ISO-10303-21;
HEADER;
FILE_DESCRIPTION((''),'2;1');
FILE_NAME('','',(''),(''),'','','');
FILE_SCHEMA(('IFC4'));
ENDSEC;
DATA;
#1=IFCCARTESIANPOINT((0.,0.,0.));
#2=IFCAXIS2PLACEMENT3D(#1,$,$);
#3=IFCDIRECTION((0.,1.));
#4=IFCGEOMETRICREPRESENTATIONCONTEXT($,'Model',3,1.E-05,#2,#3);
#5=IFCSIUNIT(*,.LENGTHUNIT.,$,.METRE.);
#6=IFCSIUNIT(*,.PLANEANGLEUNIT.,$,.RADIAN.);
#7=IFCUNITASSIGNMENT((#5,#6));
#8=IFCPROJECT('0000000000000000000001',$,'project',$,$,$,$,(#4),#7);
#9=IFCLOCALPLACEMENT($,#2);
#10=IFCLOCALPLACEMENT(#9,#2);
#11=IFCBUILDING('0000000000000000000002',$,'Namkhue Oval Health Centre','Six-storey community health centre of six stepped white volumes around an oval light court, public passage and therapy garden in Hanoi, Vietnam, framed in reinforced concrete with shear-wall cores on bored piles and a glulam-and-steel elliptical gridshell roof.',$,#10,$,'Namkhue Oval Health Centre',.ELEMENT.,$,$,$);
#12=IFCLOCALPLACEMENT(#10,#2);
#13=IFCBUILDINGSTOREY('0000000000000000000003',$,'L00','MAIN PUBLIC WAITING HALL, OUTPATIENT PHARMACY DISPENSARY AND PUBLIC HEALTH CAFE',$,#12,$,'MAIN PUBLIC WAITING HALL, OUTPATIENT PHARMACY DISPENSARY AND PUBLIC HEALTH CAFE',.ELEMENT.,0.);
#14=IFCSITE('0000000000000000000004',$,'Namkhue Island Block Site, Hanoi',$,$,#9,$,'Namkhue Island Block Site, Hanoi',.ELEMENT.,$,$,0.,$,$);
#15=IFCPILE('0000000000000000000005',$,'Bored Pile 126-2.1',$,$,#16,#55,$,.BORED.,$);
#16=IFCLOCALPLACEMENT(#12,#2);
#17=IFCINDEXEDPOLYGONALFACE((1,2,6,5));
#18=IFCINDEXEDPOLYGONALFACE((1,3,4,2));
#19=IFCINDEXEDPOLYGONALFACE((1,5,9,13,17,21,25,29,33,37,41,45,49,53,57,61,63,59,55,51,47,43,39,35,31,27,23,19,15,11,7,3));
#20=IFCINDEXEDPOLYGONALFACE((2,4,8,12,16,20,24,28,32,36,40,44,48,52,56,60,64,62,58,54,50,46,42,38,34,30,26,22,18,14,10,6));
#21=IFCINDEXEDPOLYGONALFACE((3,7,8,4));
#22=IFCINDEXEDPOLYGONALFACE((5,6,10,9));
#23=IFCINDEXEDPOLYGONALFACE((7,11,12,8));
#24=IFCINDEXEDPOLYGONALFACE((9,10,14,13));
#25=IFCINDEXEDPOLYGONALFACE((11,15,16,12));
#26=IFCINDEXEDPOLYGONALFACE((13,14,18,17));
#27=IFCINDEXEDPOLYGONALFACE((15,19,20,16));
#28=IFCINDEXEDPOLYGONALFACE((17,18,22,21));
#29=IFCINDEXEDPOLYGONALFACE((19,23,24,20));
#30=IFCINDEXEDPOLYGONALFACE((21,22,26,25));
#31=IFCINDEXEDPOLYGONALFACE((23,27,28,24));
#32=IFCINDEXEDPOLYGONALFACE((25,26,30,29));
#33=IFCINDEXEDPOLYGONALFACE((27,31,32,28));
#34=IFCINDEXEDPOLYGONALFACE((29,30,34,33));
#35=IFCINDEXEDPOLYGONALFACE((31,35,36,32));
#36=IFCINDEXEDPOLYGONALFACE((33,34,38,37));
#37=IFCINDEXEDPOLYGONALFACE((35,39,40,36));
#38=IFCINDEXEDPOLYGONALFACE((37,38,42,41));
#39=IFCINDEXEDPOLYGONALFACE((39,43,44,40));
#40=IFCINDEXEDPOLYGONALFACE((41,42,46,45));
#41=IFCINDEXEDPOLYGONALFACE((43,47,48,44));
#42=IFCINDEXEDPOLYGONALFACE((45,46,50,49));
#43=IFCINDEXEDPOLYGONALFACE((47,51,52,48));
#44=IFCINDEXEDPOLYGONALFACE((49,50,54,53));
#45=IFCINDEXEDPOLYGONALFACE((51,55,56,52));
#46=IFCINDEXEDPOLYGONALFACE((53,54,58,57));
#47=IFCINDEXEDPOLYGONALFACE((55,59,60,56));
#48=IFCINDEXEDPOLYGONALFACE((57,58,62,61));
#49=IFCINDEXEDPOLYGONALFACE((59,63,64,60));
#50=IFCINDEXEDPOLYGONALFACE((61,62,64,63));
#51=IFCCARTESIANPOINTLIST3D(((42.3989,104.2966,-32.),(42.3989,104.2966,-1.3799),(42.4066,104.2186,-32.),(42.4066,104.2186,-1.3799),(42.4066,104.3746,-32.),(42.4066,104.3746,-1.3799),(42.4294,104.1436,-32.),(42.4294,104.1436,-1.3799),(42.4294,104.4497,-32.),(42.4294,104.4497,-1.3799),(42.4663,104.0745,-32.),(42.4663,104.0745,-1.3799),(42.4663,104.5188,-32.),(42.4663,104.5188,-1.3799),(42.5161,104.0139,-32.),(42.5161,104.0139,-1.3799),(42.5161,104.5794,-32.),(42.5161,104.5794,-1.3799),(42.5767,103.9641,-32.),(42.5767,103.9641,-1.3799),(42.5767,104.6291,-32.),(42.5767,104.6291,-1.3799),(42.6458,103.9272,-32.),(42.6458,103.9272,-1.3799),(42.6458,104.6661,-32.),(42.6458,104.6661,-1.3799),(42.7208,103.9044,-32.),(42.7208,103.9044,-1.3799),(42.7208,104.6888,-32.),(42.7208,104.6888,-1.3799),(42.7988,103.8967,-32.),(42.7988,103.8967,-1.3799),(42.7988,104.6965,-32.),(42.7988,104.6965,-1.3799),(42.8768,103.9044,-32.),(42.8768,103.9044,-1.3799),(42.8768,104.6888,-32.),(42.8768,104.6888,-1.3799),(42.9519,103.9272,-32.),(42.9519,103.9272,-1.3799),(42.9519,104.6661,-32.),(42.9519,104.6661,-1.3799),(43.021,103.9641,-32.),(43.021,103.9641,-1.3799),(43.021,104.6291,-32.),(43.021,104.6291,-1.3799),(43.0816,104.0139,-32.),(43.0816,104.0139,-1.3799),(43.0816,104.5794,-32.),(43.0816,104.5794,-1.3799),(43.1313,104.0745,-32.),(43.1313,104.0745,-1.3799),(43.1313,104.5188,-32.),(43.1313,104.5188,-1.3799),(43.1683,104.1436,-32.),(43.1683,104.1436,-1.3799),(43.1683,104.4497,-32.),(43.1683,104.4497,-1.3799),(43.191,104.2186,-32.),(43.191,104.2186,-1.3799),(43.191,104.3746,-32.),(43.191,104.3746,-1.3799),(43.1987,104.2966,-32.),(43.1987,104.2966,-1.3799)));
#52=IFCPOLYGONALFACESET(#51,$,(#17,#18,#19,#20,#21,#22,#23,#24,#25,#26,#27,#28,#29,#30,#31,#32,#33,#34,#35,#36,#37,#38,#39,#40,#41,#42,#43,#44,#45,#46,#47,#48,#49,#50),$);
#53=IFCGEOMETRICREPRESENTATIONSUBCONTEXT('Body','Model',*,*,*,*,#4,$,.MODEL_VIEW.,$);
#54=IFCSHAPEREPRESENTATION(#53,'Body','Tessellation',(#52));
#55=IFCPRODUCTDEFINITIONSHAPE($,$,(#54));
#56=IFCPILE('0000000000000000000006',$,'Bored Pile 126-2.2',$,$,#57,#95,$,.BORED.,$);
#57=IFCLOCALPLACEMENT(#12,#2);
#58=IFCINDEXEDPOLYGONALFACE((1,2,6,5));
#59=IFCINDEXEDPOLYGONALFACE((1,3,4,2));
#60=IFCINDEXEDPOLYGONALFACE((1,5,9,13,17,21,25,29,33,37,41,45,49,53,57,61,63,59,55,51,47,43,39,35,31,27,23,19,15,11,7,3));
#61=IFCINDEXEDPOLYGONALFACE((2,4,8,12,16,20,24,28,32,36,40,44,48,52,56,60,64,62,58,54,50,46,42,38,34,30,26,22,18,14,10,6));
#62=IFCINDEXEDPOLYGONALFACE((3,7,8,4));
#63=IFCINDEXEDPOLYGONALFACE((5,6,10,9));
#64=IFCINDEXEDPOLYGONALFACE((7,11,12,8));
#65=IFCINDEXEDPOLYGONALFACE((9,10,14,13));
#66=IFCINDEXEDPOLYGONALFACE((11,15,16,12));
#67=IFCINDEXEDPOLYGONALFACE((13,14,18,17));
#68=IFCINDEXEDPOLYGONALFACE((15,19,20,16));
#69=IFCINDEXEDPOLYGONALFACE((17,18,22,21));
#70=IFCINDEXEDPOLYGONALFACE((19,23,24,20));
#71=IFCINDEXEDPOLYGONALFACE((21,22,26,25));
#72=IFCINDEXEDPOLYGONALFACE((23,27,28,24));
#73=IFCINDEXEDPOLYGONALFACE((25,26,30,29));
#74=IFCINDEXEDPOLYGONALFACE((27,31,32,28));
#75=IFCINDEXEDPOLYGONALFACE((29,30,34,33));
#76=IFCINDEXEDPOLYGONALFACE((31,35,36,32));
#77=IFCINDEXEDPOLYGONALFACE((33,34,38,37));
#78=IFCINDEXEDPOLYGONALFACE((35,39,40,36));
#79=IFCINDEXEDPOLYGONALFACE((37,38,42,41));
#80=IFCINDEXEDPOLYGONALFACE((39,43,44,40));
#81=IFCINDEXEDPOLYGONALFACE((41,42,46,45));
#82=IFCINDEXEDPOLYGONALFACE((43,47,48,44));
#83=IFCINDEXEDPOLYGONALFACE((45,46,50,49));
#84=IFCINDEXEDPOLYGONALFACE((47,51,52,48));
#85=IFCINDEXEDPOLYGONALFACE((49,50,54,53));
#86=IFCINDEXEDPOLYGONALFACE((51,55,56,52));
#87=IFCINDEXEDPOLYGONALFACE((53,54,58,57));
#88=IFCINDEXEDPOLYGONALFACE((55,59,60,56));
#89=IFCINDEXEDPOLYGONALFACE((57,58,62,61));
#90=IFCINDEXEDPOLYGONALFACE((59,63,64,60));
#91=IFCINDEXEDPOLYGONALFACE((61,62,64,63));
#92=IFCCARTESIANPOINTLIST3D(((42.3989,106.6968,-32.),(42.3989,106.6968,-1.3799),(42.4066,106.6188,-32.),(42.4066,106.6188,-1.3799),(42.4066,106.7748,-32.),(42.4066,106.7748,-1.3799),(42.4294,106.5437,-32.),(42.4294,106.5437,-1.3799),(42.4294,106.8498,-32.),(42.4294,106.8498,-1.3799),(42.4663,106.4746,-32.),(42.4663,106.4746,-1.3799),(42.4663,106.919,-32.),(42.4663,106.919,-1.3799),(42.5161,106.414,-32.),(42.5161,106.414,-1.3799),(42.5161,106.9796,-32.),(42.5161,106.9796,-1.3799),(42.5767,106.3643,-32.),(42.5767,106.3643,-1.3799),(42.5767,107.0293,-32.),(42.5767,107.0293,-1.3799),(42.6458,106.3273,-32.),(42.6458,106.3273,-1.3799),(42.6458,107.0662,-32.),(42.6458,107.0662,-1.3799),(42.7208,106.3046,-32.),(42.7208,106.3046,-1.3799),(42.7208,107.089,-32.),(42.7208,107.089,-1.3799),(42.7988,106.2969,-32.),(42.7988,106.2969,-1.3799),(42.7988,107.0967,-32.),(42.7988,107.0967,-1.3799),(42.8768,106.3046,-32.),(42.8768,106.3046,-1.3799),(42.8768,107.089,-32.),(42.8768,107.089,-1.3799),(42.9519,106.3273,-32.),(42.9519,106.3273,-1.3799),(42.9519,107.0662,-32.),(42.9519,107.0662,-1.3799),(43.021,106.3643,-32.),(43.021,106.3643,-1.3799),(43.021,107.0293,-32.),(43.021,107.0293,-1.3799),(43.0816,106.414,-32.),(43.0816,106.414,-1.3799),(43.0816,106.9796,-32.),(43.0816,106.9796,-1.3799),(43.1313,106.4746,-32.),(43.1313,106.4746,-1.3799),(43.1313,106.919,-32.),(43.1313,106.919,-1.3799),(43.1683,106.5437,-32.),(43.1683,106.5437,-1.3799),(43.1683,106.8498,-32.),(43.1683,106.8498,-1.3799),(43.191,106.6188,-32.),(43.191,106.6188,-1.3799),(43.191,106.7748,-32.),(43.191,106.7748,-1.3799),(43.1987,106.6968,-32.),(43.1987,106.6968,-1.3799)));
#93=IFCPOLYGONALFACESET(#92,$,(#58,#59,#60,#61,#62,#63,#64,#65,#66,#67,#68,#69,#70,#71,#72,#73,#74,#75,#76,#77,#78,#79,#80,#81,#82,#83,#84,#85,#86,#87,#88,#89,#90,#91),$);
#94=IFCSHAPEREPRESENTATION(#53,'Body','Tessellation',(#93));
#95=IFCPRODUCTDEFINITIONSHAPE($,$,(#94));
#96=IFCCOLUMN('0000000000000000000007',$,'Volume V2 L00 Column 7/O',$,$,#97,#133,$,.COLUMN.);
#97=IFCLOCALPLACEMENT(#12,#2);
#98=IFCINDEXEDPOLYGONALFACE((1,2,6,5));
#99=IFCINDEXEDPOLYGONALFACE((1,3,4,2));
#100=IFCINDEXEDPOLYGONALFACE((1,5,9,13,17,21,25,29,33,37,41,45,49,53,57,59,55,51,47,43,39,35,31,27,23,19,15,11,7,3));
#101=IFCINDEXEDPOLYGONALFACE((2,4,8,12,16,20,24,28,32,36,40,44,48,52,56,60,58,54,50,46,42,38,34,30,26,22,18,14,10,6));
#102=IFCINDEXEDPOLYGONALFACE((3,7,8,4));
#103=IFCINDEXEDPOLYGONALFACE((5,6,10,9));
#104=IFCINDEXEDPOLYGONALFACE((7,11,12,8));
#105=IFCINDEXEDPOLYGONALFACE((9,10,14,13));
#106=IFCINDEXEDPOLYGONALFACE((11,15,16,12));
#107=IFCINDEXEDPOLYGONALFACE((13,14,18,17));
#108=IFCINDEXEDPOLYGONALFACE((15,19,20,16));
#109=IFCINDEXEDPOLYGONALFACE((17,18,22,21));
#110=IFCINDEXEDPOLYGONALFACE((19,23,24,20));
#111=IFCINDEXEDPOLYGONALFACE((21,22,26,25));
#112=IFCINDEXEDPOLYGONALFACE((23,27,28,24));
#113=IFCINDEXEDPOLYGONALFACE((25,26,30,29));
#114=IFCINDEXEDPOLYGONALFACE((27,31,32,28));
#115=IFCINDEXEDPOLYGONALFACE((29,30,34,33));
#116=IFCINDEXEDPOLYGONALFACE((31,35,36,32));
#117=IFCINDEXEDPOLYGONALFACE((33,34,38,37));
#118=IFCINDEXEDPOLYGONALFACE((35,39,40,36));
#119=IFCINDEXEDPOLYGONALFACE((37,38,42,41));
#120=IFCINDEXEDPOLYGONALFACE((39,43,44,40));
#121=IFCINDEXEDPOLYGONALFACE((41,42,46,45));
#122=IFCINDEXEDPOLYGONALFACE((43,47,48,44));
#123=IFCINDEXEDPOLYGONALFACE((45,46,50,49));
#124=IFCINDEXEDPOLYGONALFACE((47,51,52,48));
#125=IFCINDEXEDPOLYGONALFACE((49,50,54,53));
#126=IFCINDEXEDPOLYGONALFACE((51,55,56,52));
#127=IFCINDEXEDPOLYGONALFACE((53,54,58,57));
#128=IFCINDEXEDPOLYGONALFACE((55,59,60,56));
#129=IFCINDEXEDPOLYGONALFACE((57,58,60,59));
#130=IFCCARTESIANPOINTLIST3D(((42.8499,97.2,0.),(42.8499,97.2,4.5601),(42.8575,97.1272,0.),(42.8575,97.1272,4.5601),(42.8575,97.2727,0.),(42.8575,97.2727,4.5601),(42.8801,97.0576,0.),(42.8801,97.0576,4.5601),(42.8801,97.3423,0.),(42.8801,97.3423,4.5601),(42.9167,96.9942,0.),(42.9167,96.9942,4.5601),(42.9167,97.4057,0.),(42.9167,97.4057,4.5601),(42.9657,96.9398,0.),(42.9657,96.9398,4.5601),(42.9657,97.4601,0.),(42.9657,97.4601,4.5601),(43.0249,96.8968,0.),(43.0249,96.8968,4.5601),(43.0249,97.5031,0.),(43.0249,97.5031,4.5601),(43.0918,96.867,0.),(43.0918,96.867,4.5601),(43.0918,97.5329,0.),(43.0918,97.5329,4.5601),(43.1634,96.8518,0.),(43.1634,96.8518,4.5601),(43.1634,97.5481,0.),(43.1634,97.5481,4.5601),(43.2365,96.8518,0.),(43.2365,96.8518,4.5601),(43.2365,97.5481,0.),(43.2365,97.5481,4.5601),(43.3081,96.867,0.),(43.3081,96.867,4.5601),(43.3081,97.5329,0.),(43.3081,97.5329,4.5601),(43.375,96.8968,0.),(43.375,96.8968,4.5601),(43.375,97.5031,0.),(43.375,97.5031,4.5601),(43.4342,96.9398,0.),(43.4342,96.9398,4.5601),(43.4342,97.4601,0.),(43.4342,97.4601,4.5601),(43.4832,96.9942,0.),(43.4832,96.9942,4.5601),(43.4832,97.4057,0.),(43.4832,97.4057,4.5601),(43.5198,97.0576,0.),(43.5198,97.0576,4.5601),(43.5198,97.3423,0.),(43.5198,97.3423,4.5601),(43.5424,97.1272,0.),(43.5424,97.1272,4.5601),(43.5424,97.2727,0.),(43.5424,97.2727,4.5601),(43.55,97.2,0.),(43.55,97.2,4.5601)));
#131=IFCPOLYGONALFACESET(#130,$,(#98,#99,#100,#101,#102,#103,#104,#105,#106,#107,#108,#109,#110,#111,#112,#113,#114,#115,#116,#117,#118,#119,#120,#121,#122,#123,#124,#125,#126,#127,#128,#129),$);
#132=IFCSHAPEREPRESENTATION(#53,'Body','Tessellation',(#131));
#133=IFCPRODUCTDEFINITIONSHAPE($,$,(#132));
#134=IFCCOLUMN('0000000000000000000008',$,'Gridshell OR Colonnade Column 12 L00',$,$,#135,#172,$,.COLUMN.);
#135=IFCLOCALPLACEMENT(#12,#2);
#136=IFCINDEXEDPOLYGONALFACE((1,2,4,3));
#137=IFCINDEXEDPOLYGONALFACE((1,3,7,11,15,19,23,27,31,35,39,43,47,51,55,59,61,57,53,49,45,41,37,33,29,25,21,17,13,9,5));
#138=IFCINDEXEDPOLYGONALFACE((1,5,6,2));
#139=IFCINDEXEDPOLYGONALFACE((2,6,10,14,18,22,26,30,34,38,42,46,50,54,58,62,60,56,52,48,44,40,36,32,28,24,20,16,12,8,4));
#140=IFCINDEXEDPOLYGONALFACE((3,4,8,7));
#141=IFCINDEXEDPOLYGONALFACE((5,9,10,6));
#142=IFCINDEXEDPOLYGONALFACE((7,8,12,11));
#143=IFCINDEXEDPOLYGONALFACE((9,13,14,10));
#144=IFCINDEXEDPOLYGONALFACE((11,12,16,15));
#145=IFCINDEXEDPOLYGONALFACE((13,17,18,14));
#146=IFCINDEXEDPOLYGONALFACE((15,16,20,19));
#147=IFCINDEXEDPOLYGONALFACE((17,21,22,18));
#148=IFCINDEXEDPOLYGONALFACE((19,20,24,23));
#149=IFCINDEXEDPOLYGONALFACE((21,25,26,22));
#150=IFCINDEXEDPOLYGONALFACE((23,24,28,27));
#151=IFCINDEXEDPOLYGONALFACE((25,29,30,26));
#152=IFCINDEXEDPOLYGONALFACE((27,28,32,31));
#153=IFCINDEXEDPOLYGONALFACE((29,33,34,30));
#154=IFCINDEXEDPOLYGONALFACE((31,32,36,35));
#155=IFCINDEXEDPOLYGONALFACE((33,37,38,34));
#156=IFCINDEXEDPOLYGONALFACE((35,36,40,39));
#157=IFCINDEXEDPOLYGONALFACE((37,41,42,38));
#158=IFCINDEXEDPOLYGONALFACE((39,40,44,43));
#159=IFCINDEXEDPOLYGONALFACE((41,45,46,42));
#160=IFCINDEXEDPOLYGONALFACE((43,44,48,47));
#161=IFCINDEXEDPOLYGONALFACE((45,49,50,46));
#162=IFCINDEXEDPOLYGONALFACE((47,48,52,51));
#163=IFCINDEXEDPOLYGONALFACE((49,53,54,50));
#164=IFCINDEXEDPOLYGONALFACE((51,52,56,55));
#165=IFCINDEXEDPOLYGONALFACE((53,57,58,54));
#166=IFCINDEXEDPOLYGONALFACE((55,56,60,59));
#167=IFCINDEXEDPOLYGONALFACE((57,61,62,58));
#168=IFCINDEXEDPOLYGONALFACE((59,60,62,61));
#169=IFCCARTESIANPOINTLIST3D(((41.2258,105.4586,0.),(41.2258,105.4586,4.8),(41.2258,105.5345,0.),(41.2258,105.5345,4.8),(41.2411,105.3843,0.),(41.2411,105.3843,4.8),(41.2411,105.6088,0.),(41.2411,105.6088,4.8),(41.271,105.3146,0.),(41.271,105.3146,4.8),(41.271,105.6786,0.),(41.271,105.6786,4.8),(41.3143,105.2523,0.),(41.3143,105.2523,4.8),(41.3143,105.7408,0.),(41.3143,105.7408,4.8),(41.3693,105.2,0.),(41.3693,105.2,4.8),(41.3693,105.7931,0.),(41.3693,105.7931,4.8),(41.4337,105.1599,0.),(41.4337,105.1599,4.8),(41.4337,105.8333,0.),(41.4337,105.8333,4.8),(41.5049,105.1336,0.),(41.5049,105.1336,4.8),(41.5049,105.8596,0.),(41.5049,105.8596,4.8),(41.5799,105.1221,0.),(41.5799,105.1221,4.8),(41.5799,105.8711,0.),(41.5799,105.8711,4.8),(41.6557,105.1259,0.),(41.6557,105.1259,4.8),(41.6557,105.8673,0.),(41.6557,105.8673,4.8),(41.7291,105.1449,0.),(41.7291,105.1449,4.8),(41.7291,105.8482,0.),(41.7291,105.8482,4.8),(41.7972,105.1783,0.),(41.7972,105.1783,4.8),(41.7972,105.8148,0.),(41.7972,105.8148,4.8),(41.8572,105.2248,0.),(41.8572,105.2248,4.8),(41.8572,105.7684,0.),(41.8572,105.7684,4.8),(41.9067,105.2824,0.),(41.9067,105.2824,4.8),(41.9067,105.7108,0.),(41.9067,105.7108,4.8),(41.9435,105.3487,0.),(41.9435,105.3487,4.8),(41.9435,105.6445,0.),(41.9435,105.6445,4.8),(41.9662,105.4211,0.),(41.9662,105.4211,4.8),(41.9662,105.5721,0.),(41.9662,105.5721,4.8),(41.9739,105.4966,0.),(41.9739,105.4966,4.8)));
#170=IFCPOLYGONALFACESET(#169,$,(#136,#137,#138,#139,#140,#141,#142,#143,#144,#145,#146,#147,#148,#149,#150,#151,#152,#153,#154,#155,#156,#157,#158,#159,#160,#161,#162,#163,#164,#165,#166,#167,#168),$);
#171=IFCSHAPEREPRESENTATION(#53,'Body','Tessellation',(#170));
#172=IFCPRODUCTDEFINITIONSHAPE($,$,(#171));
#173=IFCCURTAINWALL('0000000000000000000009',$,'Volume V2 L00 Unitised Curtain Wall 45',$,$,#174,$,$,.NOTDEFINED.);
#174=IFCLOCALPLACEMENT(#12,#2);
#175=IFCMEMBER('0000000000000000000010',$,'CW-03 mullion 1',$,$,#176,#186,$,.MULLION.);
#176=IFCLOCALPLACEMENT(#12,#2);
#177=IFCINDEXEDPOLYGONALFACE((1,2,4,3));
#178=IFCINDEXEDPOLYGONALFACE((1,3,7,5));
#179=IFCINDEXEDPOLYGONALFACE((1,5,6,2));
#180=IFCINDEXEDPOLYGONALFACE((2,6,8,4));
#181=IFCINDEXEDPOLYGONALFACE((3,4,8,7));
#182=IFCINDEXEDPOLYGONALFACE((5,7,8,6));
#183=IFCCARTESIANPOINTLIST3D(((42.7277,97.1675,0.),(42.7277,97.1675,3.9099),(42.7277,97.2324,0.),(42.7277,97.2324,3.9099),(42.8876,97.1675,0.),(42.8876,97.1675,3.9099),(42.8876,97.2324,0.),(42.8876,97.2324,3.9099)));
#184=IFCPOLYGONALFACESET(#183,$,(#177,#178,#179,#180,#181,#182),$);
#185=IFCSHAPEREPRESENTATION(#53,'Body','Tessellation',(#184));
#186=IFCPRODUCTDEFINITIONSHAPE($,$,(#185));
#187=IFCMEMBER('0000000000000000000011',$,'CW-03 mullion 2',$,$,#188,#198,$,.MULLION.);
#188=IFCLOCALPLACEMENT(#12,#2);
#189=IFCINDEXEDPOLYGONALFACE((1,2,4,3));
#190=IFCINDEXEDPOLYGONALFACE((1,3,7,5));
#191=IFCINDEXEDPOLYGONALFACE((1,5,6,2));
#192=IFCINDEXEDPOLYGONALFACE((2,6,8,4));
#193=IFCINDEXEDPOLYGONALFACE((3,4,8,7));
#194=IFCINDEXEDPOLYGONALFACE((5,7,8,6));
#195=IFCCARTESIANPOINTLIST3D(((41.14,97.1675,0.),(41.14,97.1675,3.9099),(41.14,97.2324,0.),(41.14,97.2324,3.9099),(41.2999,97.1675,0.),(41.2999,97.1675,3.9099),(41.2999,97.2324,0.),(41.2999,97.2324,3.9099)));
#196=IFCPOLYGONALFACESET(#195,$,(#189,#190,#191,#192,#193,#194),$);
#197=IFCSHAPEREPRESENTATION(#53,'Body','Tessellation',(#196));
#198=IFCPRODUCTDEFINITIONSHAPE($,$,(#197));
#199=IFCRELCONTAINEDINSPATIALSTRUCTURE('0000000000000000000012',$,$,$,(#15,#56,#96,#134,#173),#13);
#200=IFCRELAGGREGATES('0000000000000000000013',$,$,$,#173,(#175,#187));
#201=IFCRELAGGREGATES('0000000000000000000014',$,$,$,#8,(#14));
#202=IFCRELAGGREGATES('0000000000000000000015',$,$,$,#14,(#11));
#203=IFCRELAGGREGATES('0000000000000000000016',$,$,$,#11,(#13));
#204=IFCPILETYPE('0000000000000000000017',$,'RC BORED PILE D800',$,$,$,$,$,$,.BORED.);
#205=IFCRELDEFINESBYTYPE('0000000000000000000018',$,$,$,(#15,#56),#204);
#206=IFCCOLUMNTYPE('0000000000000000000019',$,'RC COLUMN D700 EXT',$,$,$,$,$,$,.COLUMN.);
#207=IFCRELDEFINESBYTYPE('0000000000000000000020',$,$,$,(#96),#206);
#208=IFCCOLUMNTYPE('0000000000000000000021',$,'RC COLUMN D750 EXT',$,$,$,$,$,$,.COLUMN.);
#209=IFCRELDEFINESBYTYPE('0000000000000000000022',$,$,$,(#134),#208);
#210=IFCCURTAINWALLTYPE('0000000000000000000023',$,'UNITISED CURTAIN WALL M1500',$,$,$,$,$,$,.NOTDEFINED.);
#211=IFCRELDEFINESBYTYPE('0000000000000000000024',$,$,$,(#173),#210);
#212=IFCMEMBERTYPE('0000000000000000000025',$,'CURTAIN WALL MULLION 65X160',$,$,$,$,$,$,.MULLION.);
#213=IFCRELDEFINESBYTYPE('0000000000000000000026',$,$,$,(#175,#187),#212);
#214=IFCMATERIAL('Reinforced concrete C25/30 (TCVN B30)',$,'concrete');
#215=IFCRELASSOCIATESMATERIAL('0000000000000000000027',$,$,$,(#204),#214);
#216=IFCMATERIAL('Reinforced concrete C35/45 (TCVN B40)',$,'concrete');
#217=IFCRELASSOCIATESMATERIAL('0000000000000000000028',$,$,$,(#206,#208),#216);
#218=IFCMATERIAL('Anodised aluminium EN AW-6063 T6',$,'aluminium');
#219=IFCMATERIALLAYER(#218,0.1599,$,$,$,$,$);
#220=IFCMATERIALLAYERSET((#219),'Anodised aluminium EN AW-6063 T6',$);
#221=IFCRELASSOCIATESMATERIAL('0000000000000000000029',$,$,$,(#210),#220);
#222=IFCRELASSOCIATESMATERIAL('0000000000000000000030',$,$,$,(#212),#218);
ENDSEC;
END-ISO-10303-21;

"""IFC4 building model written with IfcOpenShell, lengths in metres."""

from ifc_helpers import new_model, si_unit, direction, frame, origin, origin_2d, place, context, subcontext, project, spatial, rectangle, circle, extrude, material, layer, layer_set, material_profile, profile_set, type_object, element, aggregate, save


model = new_model("IFC4")

# Units and contexts
model_context = context("Model", 3, precision=1e-05, world=origin(), true_north=direction((0.0, 1.0)))
body_context = subcontext(model_context, "Body", "Model", "MODEL_VIEW")
ifc_project = project(units=[si_unit("LENGTHUNIT", "METRE"), si_unit("PLANEANGLEUNIT", "RADIAN")], contexts=[model_context])

# Site, building, storey
site_placement = place(None, origin())
site = spatial("IfcSite", under=ifc_project, at=site_placement, Name="Namkhue Island Block Site, Hanoi", LongName="Namkhue Island Block Site, Hanoi", CompositionType="ELEMENT", RefElevation=0.0)
building_placement = place(site_placement, origin())
building = spatial("IfcBuilding", under=site, at=building_placement, Name="Namkhue Oval Health Centre", Description="Six-storey community health centre of six stepped white volumes around an oval light court, public passage and therapy garden in Hanoi, Vietnam, framed in reinforced concrete with shear-wall cores on bored piles and a glulam-and-steel elliptical gridshell roof.", LongName="Namkhue Oval Health Centre", CompositionType="ELEMENT")
storey_placement = place(building_placement, origin())
storey = spatial("IfcBuildingStorey", under=building, at=storey_placement, Name="L00", Description="MAIN PUBLIC WAITING HALL, OUTPATIENT PHARMACY DISPENSARY AND PUBLIC HEALTH CAFE", LongName="MAIN PUBLIC WAITING HALL, OUTPATIENT PHARMACY DISPENSARY AND PUBLIC HEALTH CAFE", CompositionType="ELEMENT", Elevation=0.0)

# Piles
ifc_material_1 = material(Name="Reinforced concrete C25/30 (TCVN B30)", Category="concrete")
ifc_material_profile_1 = material_profile(ifc_material_1, circle(Radius=0.3999, at=origin_2d()), Name="BORED PILE D800")
ifc_profile_set_1 = profile_set([ifc_material_profile_1], Name="Reinforced concrete C25/30 (TCVN B30)")
pile_type = type_object("IfcPileType", Name="RC BORED PILE D800", PredefinedType="BORED", material=ifc_profile_set_1)
for number, where, z_axis, x_axis, name in (
    (1, (42.7988, 104.2966, -1.3799), (0.0, 0.0, -1.0), (1.0, 0.0, 0.0), "Bored Pile 126-2.1"),
    (2, (42.7988, 106.6968, -1.3799), (0.0, 0.0, -1.0), (1.0, 0.0, 0.0), "Bored Pile 126-2.2"),
):
    element("IfcPile", number, at=place(storey_placement, frame(where, z_axis=z_axis, x_axis=x_axis)), inside=storey, type_object=pile_type, Name=name, PredefinedType="BORED", context=body_context, shape_type="SweptSolid", body=[
        extrude(circle(Radius=0.3999, at=origin_2d()), origin(), (0.0, 0.0, 1.0), 30.6201),
    ])

# Columns
ifc_material_2 = material(Name="Reinforced concrete C35/45 (TCVN B40)", Category="concrete")
ifc_material_profile_2 = material_profile(ifc_material_2, circle(Radius=0.3501, at=origin_2d()), Name="RC D700")
ifc_profile_set_2 = profile_set([ifc_material_profile_2], Name="Reinforced concrete C35/45 (TCVN B40)")
column_type_1 = type_object("IfcColumnType", Name="RC COLUMN D700 EXT", PredefinedType="COLUMN", material=ifc_profile_set_2)
column_1_placement = place(storey_placement, frame((43.2, 97.2, 0.0), z_axis=(0.0, 0.0, 1.0), x_axis=(1.0, 0.0, 0.0)))
element("IfcColumn", 3, at=column_1_placement, inside=storey, type_object=column_type_1, Name="Volume V2 L00 Column 7/O", PredefinedType="COLUMN", context=body_context, shape_type="SweptSolid", body=[
    extrude(circle(Radius=0.3501, at=origin_2d()), origin(), (0.0, 0.0, 1.0), 4.5601),
])
ifc_material_profile_3 = material_profile(ifc_material_2, circle(Radius=0.375, at=origin_2d()), Name="RC D750")
ifc_profile_set_3 = profile_set([ifc_material_profile_3], Name="Reinforced concrete C35/45 (TCVN B40)")
column_type_2 = type_object("IfcColumnType", Name="RC COLUMN D750 EXT", PredefinedType="COLUMN", material=ifc_profile_set_3)
column_2_placement = place(storey_placement, frame((41.5989, 105.4966, 0.0), z_axis=(0.0, 0.0, 1.0), x_axis=(1.0, 0.0, 0.0)))
element("IfcColumn", 4, at=column_2_placement, inside=storey, type_object=column_type_2, Name="Gridshell OR Colonnade Column 12 L00", PredefinedType="COLUMN", context=body_context, shape_type="SweptSolid", body=[
    extrude(circle(Radius=0.375, at=origin_2d()), origin(), (0.0, 0.0, 1.0), 4.8),
])

# Curtain wall, members
ifc_material_3 = material(Name="Anodised aluminium EN AW-6063 T6", Category="aluminium")
ifc_layer_1 = layer(ifc_material_3, 0.1599)
ifc_layer_set_1 = layer_set([ifc_layer_1], Name="Anodised aluminium EN AW-6063 T6")
curtain_wall_type = type_object("IfcCurtainWallType", Name="UNITISED CURTAIN WALL M1500", PredefinedType="NOTDEFINED", material=ifc_layer_set_1)
curtain_wall_placement = place(storey_placement, origin())
curtain_wall = element("IfcCurtainWall", 5, at=curtain_wall_placement, inside=storey, type_object=curtain_wall_type, Name="Volume V2 L00 Unitised Curtain Wall 45", PredefinedType="NOTDEFINED")
ifc_material_profile_4 = material_profile(ifc_material_3, rectangle(XDim=0.0649, YDim=0.1599, at=origin_2d()), Name="ALU 65x160")
ifc_profile_set_4 = profile_set([ifc_material_profile_4], Name="Anodised aluminium EN AW-6063 T6")
member_type_1 = type_object("IfcMemberType", Name="CURTAIN WALL MULLION 65X160", PredefinedType="MULLION", material=ifc_profile_set_4)
member_1_placement = place(storey_placement, frame((42.8076, 97.2, 0.0), z_axis=(0.0, 0.0, 1.0), x_axis=(0.0, -1.0, 0.0)))
member_1 = element("IfcMember", 6, at=member_1_placement, type_object=member_type_1, Name="CW-03 mullion 1", PredefinedType="MULLION", context=body_context, shape_type="SweptSolid", body=[
    extrude(rectangle(XDim=0.0649, YDim=0.1599, at=origin_2d()), origin(), (0.0, 0.0, 1.0), 3.9099),
])
member_2_placement = place(storey_placement, frame((41.22, 97.2, 0.0), z_axis=(0.0, 0.0, 1.0), x_axis=(0.0, -1.0, 0.0)))
member_2 = element("IfcMember", 7, at=member_2_placement, type_object=member_type_1, Name="CW-03 mullion 2", PredefinedType="MULLION", context=body_context, shape_type="SweptSolid", body=[
    extrude(rectangle(XDim=0.0649, YDim=0.1599, at=origin_2d()), origin(), (0.0, 0.0, 1.0), 3.9099),
])

aggregate(curtain_wall, [member_1, member_2])

save(model, "model.ifc")
